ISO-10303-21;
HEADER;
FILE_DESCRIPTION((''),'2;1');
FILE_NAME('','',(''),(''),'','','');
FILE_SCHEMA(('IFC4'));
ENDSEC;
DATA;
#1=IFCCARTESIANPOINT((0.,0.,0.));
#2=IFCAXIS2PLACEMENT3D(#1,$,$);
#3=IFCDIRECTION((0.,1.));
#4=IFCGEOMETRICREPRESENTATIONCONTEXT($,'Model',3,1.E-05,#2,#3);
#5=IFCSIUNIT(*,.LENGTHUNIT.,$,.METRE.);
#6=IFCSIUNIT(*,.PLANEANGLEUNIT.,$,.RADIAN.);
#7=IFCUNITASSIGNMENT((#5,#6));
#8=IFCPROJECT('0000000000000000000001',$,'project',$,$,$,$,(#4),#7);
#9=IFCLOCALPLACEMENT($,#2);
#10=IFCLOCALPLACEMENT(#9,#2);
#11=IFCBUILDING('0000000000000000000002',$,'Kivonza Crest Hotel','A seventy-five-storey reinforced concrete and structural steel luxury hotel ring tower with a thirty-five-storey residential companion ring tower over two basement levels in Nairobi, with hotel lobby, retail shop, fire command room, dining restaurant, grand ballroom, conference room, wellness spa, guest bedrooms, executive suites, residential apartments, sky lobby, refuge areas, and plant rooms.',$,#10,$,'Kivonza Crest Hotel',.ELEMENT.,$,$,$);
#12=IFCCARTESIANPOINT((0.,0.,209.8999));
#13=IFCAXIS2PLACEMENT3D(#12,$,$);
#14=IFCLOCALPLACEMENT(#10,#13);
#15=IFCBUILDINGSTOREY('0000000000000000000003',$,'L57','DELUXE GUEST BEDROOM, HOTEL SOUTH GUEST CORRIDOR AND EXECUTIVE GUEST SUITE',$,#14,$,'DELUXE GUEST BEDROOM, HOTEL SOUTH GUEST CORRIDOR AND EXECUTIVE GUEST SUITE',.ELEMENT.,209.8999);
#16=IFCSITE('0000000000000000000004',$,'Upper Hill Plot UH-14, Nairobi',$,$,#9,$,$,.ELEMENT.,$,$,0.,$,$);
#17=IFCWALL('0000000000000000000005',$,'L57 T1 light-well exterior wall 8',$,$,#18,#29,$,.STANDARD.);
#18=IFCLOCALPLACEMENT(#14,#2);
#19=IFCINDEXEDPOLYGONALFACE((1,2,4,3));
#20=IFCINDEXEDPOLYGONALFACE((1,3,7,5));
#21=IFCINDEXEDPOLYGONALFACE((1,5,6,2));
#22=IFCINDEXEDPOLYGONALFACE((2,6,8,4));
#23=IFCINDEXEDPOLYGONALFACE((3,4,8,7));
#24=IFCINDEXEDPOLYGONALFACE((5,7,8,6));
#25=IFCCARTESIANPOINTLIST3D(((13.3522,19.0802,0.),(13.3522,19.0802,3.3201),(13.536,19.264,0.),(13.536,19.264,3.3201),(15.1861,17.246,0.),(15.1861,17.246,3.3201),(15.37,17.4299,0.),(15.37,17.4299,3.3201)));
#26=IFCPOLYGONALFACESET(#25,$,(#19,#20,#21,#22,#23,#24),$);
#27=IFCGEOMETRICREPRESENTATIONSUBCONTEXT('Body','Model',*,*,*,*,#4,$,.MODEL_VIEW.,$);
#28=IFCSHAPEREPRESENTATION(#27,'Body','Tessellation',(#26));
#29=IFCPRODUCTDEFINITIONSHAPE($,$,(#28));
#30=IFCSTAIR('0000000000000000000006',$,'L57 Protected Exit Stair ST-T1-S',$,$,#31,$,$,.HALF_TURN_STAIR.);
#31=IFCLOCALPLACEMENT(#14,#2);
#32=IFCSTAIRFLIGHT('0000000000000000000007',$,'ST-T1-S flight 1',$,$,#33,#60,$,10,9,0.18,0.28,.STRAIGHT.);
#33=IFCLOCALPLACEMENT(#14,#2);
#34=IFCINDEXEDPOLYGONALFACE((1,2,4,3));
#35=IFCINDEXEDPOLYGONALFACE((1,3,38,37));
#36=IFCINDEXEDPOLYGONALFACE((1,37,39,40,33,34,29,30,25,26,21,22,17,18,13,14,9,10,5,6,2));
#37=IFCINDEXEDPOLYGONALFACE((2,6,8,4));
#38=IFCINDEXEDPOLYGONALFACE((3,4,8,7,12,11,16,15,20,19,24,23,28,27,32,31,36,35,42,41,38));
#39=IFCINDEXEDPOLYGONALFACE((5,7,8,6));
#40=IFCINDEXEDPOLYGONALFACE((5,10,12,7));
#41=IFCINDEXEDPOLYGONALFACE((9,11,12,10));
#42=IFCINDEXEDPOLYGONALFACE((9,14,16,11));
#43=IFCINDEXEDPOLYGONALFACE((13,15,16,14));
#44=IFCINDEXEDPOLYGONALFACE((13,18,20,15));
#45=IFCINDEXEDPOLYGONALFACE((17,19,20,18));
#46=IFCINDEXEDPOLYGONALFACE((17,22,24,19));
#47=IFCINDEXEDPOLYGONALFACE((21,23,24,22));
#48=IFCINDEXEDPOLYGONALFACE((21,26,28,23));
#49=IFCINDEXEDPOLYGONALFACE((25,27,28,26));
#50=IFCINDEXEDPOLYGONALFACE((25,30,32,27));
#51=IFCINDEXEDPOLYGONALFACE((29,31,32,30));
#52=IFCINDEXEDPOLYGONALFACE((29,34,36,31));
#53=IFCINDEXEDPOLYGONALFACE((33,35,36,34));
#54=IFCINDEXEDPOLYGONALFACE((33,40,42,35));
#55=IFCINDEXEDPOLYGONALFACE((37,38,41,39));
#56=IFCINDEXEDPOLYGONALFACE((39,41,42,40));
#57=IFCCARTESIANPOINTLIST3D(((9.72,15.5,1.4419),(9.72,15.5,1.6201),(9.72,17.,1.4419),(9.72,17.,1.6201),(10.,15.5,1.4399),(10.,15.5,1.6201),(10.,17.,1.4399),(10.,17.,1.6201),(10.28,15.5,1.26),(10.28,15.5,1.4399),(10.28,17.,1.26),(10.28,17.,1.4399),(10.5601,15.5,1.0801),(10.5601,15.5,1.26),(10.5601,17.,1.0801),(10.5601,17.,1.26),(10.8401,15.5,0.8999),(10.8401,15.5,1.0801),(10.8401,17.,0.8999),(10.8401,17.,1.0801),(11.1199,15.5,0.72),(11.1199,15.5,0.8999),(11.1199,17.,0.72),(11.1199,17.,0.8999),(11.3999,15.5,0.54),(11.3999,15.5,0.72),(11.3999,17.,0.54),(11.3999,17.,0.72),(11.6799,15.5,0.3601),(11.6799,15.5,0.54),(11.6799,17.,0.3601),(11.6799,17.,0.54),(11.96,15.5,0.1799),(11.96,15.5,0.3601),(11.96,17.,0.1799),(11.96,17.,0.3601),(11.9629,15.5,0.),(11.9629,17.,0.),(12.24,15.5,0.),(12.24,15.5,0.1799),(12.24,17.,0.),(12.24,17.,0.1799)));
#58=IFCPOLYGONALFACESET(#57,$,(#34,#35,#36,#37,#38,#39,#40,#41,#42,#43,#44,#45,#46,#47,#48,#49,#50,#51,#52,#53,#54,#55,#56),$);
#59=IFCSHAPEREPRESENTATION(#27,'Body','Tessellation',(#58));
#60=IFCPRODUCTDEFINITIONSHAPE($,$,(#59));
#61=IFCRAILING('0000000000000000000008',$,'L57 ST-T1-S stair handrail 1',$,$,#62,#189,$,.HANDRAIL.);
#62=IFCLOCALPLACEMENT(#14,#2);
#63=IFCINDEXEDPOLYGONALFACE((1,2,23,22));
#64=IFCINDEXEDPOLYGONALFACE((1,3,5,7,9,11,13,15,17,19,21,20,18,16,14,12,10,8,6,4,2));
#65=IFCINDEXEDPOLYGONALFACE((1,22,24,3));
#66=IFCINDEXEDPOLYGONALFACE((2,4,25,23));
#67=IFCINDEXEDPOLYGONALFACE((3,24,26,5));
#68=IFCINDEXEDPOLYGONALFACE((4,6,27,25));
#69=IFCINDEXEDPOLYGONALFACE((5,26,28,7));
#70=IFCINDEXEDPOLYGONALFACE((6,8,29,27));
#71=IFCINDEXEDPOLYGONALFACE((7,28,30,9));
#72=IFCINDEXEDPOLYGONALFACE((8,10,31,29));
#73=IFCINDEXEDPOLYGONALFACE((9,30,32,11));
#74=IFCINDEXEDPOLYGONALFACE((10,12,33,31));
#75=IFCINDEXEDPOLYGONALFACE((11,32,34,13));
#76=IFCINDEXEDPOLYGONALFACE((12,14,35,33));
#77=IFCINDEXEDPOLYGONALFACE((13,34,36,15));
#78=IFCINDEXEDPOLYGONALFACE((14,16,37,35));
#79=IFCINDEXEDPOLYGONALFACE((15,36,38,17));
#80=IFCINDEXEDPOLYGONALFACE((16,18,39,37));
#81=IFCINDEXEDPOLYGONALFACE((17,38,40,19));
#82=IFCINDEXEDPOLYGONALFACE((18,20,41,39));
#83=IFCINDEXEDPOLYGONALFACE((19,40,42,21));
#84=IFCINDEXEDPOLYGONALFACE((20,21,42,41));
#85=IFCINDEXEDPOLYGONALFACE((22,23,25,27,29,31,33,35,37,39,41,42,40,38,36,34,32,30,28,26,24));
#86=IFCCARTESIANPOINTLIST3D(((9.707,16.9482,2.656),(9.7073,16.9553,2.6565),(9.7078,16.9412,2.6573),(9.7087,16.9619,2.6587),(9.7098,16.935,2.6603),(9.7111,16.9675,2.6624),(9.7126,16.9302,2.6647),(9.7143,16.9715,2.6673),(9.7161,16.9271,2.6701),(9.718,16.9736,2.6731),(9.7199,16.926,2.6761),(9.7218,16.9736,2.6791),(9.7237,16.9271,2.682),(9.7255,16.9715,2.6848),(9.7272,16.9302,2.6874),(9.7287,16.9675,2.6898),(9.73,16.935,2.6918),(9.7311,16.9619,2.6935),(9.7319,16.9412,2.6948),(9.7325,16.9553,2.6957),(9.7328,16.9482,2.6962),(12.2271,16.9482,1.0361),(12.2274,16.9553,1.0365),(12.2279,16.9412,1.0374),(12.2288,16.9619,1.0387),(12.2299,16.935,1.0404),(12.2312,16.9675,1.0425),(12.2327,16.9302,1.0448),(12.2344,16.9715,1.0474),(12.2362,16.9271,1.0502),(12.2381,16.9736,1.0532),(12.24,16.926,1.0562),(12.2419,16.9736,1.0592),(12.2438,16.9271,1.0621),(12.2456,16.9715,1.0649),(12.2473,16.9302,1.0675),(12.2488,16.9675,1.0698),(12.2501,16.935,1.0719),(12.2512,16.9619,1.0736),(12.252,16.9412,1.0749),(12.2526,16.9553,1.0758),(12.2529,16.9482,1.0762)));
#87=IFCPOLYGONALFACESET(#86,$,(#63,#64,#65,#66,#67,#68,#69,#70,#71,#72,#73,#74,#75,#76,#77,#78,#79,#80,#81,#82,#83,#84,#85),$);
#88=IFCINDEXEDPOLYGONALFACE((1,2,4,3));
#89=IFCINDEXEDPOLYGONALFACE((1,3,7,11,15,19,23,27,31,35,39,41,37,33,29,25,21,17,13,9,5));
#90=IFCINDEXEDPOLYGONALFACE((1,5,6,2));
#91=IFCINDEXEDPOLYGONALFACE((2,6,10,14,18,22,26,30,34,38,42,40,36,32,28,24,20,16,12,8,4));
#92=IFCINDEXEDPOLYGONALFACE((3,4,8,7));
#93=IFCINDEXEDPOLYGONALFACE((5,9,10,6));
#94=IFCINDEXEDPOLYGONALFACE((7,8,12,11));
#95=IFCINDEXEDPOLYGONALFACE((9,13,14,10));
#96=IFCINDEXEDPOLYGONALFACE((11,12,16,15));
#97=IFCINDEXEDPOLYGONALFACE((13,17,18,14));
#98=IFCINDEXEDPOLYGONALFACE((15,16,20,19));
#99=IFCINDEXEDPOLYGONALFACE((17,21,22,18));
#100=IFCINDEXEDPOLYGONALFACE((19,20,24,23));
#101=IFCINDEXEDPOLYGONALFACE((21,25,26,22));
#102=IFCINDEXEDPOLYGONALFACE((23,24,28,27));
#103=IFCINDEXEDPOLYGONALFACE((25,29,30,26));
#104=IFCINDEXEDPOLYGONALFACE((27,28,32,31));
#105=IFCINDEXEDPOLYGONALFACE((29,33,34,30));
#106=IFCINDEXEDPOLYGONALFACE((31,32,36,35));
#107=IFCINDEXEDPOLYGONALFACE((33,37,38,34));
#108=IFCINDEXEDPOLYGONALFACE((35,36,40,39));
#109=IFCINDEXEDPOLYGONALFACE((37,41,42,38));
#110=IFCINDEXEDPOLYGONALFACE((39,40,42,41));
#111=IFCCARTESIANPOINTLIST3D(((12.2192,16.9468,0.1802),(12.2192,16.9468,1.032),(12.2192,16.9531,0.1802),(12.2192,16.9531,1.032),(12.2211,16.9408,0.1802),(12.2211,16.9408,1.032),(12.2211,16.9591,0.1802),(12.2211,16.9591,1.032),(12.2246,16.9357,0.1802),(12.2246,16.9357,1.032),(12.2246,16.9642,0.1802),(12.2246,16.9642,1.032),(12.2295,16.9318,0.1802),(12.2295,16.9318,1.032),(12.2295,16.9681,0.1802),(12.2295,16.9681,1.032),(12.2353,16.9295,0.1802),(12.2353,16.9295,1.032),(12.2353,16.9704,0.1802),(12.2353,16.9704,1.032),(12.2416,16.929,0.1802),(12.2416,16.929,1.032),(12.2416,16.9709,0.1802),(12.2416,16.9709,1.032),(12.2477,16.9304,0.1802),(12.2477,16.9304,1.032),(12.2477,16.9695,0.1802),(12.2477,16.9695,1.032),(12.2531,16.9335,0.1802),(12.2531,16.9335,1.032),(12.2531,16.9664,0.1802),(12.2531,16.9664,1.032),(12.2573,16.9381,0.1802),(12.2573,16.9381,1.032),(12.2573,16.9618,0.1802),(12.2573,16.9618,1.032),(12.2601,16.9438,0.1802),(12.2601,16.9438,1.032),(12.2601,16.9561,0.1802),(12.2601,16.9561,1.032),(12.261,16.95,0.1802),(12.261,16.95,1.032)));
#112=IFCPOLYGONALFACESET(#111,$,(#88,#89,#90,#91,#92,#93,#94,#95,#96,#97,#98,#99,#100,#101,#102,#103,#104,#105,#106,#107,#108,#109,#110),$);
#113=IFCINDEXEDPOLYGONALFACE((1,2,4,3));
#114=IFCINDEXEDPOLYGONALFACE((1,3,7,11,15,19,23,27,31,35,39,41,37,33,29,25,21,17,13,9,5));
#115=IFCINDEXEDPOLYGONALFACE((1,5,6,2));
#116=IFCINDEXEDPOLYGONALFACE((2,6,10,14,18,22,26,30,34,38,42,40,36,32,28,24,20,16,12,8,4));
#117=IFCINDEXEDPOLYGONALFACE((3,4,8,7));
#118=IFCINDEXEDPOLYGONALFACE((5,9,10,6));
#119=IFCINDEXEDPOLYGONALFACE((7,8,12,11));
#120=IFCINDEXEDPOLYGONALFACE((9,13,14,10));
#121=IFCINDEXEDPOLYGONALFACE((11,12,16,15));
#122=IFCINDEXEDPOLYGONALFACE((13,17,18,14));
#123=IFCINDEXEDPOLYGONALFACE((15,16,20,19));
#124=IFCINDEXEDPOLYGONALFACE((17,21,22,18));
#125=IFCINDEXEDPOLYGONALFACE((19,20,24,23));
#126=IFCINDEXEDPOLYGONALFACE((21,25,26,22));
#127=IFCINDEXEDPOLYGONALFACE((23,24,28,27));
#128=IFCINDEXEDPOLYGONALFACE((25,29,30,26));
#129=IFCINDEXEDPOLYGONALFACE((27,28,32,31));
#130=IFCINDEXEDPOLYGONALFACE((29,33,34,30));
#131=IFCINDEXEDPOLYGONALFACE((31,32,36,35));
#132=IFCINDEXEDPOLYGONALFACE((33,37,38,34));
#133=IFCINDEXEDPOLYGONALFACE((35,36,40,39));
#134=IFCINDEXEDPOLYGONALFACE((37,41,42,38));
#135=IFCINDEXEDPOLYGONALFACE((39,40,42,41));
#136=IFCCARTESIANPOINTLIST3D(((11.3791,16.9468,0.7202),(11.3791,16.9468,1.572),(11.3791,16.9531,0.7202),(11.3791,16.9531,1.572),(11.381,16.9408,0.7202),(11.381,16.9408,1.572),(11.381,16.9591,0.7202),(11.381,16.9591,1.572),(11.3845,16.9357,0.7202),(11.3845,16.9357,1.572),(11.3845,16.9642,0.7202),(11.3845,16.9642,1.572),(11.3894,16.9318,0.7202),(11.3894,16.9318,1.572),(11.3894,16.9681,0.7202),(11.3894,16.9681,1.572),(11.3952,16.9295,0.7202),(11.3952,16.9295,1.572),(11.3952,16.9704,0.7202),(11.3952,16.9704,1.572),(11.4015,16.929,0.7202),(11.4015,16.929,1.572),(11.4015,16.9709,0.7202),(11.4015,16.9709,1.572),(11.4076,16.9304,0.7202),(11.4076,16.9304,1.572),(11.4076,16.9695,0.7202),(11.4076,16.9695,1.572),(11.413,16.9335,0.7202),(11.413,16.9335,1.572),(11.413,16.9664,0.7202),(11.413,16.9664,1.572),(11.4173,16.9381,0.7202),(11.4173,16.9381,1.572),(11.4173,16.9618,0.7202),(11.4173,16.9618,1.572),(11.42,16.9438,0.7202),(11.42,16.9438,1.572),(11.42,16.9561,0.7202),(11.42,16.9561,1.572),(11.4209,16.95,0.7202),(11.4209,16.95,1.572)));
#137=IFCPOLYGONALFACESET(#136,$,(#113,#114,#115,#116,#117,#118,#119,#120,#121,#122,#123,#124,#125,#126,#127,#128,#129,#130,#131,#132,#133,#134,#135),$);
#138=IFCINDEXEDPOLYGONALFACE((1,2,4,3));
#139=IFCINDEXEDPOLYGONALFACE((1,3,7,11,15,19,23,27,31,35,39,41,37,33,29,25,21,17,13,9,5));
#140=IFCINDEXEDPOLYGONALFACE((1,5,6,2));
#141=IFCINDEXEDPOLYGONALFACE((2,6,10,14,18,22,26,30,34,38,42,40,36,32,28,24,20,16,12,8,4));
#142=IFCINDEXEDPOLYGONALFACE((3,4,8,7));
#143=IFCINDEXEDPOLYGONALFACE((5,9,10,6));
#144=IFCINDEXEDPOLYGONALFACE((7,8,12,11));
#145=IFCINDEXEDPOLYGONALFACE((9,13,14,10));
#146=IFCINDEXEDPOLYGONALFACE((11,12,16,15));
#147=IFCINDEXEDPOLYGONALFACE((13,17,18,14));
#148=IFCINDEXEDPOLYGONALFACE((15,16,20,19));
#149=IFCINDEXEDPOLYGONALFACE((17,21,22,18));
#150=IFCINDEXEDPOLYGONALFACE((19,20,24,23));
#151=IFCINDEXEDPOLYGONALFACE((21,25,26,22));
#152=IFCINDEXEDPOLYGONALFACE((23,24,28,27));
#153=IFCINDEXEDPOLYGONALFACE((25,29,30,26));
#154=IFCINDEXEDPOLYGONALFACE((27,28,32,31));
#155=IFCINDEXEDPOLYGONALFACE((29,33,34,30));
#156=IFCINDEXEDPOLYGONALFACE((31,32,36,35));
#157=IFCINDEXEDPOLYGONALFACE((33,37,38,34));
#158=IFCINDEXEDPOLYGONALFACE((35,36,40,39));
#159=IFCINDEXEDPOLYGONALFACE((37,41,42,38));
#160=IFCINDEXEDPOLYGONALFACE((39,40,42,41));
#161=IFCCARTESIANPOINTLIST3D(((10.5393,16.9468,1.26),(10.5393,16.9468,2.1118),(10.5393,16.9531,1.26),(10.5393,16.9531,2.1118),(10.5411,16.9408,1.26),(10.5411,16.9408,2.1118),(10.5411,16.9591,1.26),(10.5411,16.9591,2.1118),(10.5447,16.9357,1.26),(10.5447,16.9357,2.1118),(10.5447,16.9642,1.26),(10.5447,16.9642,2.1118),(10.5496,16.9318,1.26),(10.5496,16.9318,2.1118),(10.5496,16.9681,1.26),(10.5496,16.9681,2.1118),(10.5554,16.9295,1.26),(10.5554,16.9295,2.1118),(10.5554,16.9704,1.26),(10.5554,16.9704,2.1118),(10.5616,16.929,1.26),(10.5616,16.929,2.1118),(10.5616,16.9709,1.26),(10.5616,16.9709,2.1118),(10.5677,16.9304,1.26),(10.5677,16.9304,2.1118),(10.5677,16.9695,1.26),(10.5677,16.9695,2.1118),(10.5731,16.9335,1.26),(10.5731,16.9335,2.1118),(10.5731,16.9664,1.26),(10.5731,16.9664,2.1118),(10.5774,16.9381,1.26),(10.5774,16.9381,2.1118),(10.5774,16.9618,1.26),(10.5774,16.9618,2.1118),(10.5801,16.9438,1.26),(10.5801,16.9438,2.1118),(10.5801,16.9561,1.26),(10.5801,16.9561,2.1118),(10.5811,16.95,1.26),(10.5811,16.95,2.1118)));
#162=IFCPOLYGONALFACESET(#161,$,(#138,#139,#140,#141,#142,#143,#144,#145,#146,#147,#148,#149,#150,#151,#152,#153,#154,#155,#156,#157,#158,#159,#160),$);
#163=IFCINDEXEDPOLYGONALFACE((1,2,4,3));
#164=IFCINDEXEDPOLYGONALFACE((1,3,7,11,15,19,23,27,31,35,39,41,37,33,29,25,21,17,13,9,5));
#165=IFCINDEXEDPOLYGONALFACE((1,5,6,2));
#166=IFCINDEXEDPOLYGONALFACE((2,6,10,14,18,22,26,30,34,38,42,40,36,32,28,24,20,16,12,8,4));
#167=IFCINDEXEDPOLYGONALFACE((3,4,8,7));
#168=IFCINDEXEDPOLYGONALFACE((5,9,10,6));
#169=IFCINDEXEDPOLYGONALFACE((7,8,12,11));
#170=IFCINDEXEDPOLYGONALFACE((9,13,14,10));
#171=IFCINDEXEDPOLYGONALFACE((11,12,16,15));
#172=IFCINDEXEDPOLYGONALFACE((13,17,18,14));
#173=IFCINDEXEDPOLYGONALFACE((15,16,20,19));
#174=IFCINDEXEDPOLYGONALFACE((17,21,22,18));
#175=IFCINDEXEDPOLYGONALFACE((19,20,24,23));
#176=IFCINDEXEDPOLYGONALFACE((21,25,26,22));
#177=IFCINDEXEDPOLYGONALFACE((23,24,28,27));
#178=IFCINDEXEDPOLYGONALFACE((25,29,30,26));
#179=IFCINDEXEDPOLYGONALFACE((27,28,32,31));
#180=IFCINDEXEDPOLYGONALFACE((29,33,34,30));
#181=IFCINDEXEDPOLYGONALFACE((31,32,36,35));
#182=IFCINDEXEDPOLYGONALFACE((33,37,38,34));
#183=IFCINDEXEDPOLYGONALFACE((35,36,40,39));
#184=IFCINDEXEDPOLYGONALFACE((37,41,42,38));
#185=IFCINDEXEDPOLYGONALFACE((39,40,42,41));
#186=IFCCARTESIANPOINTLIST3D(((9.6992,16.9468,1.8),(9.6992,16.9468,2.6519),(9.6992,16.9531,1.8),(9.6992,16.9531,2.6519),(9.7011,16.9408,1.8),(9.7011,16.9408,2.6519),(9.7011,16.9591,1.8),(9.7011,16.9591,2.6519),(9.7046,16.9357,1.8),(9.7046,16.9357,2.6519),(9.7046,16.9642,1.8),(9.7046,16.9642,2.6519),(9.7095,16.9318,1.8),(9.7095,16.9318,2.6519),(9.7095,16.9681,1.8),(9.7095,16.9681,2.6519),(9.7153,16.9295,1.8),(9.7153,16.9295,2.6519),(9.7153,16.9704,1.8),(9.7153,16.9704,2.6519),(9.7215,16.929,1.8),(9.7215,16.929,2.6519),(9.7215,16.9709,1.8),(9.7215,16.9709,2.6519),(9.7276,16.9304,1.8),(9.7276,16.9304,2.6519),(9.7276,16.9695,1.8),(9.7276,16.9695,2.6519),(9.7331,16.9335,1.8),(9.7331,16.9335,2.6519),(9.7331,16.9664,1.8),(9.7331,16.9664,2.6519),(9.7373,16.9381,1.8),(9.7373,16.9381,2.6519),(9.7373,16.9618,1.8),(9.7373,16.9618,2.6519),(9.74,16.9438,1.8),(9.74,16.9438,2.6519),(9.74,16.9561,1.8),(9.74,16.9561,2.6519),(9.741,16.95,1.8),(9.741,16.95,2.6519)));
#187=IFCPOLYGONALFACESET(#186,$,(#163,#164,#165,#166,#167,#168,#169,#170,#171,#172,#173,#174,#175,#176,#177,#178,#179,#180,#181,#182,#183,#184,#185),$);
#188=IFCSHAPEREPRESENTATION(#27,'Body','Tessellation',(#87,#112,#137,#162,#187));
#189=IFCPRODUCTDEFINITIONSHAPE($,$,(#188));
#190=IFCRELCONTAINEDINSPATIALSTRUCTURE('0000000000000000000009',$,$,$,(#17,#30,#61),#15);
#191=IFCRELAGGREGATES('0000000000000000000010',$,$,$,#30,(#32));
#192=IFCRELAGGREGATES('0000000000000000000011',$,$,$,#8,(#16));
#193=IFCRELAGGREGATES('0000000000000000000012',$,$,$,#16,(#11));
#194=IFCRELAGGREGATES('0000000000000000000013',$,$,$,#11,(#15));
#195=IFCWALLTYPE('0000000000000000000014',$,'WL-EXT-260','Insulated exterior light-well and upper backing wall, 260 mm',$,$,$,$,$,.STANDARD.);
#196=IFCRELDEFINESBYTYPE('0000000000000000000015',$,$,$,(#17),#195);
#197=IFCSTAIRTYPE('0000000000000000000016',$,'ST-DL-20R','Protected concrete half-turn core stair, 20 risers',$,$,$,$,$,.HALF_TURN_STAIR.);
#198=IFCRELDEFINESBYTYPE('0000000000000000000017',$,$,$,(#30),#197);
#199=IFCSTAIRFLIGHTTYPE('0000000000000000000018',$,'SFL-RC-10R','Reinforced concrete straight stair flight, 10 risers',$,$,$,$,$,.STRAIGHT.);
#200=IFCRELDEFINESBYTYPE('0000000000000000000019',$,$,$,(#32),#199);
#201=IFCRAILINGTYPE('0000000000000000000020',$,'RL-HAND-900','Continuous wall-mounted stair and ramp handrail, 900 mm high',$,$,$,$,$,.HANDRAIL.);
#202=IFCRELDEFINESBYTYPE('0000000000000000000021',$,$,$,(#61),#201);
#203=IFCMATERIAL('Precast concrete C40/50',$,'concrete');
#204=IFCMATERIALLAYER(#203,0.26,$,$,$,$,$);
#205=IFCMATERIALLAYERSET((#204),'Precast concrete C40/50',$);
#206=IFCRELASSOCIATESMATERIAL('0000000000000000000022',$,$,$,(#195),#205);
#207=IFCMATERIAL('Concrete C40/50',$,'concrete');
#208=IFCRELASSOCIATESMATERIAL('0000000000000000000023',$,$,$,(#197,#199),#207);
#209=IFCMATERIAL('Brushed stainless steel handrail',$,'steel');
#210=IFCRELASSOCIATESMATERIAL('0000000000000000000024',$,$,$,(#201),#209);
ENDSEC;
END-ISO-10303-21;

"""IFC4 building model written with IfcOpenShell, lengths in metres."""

from ifc_helpers import new_model, si_unit, direction, frame, frame_2d, origin, origin_2d, place, context, subcontext, project, spatial, polyline, rectangle, circle, outline, extrude, material, layer, layer_set, type_object, element, aggregate, save


model = new_model("IFC4")

# Units and contexts
model_context = context("Model", 3, precision=1e-05, world=origin(), true_north=direction((0.0, 1.0)))
body_context = subcontext(model_context, "Body", "Model", "MODEL_VIEW")
ifc_project = project(units=[si_unit("LENGTHUNIT", "METRE"), si_unit("PLANEANGLEUNIT", "RADIAN")], contexts=[model_context])

# Site, building, storey
site_placement = place(None, origin())
site = spatial("IfcSite", under=ifc_project, at=site_placement, Name="Upper Hill Plot UH-14, Nairobi", CompositionType="ELEMENT", RefElevation=0.0)
building_placement = place(site_placement, origin())
building = spatial("IfcBuilding", under=site, at=building_placement, Name="Kivonza Crest Hotel", Description="A seventy-five-storey reinforced concrete and structural steel luxury hotel ring tower with a thirty-five-storey residential companion ring tower over two basement levels in Nairobi, with hotel lobby, retail shop, fire command room, dining restaurant, grand ballroom, conference room, wellness spa, guest bedrooms, executive suites, residential apartments, sky lobby, refuge areas, and plant rooms.", LongName="Kivonza Crest Hotel", CompositionType="ELEMENT")
storey_placement = place(building_placement, frame((0.0, 0.0, 209.8999)))
storey = spatial("IfcBuildingStorey", under=building, at=storey_placement, Name="L57", Description="DELUXE GUEST BEDROOM, HOTEL SOUTH GUEST CORRIDOR AND EXECUTIVE GUEST SUITE", LongName="DELUXE GUEST BEDROOM, HOTEL SOUTH GUEST CORRIDOR AND EXECUTIVE GUEST SUITE", CompositionType="ELEMENT", Elevation=209.8999)

# Wall
ifc_material_1 = material(Name="Precast concrete C40/50", Category="concrete")
ifc_layer_1 = layer(ifc_material_1, 0.26)
ifc_layer_set_1 = layer_set([ifc_layer_1], Name="Precast concrete C40/50")
wall_type_1 = type_object("IfcWallType", Name="WL-EXT-260", Description="Insulated exterior light-well and upper backing wall, 260 mm", PredefinedType="STANDARD", material=ifc_layer_set_1)
wall_1_placement = place(storey_placement, frame((13.4441, 19.1721, 0.0), z_axis=(0.0, 0.0, 1.0), x_axis=(0.70706, -0.707154, 0.0)))
element("IfcWall", 1, at=wall_1_placement, inside=storey, type_object=wall_type_1, Name="L57 T1 light-well exterior wall 8", PredefinedType="STANDARD", context=body_context, shape_type="SweptSolid", body=[
    extrude(rectangle(XDim=2.5938, YDim=0.26, at=frame_2d((1.2969, 0.0))), origin(), (0.0, 0.0, 1.0), 3.3201),
])

# Stair, stair flight
ifc_material_2 = material(Name="Concrete C40/50", Category="concrete")
stair_type = type_object("IfcStairType", Name="ST-DL-20R", Description="Protected concrete half-turn core stair, 20 risers", PredefinedType="HALF_TURN_STAIR", material=ifc_material_2)
stair_placement = place(storey_placement, origin())
stair = element("IfcStair", 2, at=stair_placement, inside=storey, type_object=stair_type, Name="L57 Protected Exit Stair ST-T1-S", PredefinedType="HALF_TURN_STAIR")
stair_flight_type = type_object("IfcStairFlightType", Name="SFL-RC-10R", Description="Reinforced concrete straight stair flight, 10 risers", PredefinedType="STRAIGHT", material=ifc_material_2)
stair_flight_placement = place(storey_placement, frame((12.24, 16.25, 0.0), z_axis=(0.0, 0.0, 1.0), x_axis=(-1.0, 0.0, 0.0)))
stair_flight = element("IfcStairFlight", 3, at=stair_flight_placement, type_object=stair_flight_type, Name="ST-T1-S flight 1", NumberOfRisers=10, NumberOfTreads=9, PredefinedType="STRAIGHT", RiserHeight=0.18, TreadLength=0.28, context=body_context, shape_type="SweptSolid", body=[
    extrude(outline(polyline([(0.0, 0.0), (0.0, 0.1799), (0.28, 0.1799), (0.28, 0.3601), (0.5601, 0.3601), (0.5601, 0.54), (0.8401, 0.54), (0.8401, 0.72), (1.1201, 0.72), (1.1201, 0.8999), (1.3999, 0.8999), (1.3999, 1.0801), (1.6799, 1.0801), (1.6799, 1.26), (1.96, 1.26), (1.96, 1.4399), (2.24, 1.4399), (2.24, 1.6201), (2.52, 1.6201), (2.52, 1.8), (2.52, 1.4419), (0.2771, 0.0), (0.0, 0.0)])), frame((0.0, 0.75, 0.0), z_axis=(0.0, -1.0, 0.0), x_axis=(1.0, 0.0, 0.0)), (0.0, 0.0, 1.0), 1.5),
])
aggregate(stair, [stair_flight])

# Railing
ifc_material_3 = material(Name="Brushed stainless steel handrail", Category="steel")
railing_type_1 = type_object("IfcRailingType", Name="RL-HAND-900", Description="Continuous wall-mounted stair and ramp handrail, 900 mm high", PredefinedType="HANDRAIL", material=ifc_material_3)
railing_1_placement = place(storey_placement, frame((12.24, 16.95, 0.1802)))
element("IfcRailing", 4, at=railing_1_placement, inside=storey, type_object=railing_type_1, Name="L57 ST-T1-S stair handrail 1", PredefinedType="HANDRAIL", context=body_context, shape_type="SweptSolid", body=[
    extrude(circle(Radius=0.0239, at=origin_2d()), frame((0.0, 0.0, 0.876), z_axis=(-0.8412, 0.0, 0.540725), x_axis=(0.0, -1.0, 0.0)), (0.0, 0.0, 1.0), 2.9958),
    extrude(circle(Radius=0.021, at=origin_2d()), origin(), (0.0, 0.0, 1.0), 0.8518),
    extrude(circle(Radius=0.021, at=origin_2d()), frame((-0.8401, 0.0, 0.54)), (0.0, 0.0, 1.0), 0.8518),
    extrude(circle(Radius=0.021, at=origin_2d()), frame((-1.6799, 0.0, 1.0798)), (0.0, 0.0, 1.0), 0.8518),
    extrude(circle(Radius=0.021, at=origin_2d()), frame((-2.52, 0.0, 1.6199)), (0.0, 0.0, 1.0), 0.8518),
])

save(model, "model.ifc")
